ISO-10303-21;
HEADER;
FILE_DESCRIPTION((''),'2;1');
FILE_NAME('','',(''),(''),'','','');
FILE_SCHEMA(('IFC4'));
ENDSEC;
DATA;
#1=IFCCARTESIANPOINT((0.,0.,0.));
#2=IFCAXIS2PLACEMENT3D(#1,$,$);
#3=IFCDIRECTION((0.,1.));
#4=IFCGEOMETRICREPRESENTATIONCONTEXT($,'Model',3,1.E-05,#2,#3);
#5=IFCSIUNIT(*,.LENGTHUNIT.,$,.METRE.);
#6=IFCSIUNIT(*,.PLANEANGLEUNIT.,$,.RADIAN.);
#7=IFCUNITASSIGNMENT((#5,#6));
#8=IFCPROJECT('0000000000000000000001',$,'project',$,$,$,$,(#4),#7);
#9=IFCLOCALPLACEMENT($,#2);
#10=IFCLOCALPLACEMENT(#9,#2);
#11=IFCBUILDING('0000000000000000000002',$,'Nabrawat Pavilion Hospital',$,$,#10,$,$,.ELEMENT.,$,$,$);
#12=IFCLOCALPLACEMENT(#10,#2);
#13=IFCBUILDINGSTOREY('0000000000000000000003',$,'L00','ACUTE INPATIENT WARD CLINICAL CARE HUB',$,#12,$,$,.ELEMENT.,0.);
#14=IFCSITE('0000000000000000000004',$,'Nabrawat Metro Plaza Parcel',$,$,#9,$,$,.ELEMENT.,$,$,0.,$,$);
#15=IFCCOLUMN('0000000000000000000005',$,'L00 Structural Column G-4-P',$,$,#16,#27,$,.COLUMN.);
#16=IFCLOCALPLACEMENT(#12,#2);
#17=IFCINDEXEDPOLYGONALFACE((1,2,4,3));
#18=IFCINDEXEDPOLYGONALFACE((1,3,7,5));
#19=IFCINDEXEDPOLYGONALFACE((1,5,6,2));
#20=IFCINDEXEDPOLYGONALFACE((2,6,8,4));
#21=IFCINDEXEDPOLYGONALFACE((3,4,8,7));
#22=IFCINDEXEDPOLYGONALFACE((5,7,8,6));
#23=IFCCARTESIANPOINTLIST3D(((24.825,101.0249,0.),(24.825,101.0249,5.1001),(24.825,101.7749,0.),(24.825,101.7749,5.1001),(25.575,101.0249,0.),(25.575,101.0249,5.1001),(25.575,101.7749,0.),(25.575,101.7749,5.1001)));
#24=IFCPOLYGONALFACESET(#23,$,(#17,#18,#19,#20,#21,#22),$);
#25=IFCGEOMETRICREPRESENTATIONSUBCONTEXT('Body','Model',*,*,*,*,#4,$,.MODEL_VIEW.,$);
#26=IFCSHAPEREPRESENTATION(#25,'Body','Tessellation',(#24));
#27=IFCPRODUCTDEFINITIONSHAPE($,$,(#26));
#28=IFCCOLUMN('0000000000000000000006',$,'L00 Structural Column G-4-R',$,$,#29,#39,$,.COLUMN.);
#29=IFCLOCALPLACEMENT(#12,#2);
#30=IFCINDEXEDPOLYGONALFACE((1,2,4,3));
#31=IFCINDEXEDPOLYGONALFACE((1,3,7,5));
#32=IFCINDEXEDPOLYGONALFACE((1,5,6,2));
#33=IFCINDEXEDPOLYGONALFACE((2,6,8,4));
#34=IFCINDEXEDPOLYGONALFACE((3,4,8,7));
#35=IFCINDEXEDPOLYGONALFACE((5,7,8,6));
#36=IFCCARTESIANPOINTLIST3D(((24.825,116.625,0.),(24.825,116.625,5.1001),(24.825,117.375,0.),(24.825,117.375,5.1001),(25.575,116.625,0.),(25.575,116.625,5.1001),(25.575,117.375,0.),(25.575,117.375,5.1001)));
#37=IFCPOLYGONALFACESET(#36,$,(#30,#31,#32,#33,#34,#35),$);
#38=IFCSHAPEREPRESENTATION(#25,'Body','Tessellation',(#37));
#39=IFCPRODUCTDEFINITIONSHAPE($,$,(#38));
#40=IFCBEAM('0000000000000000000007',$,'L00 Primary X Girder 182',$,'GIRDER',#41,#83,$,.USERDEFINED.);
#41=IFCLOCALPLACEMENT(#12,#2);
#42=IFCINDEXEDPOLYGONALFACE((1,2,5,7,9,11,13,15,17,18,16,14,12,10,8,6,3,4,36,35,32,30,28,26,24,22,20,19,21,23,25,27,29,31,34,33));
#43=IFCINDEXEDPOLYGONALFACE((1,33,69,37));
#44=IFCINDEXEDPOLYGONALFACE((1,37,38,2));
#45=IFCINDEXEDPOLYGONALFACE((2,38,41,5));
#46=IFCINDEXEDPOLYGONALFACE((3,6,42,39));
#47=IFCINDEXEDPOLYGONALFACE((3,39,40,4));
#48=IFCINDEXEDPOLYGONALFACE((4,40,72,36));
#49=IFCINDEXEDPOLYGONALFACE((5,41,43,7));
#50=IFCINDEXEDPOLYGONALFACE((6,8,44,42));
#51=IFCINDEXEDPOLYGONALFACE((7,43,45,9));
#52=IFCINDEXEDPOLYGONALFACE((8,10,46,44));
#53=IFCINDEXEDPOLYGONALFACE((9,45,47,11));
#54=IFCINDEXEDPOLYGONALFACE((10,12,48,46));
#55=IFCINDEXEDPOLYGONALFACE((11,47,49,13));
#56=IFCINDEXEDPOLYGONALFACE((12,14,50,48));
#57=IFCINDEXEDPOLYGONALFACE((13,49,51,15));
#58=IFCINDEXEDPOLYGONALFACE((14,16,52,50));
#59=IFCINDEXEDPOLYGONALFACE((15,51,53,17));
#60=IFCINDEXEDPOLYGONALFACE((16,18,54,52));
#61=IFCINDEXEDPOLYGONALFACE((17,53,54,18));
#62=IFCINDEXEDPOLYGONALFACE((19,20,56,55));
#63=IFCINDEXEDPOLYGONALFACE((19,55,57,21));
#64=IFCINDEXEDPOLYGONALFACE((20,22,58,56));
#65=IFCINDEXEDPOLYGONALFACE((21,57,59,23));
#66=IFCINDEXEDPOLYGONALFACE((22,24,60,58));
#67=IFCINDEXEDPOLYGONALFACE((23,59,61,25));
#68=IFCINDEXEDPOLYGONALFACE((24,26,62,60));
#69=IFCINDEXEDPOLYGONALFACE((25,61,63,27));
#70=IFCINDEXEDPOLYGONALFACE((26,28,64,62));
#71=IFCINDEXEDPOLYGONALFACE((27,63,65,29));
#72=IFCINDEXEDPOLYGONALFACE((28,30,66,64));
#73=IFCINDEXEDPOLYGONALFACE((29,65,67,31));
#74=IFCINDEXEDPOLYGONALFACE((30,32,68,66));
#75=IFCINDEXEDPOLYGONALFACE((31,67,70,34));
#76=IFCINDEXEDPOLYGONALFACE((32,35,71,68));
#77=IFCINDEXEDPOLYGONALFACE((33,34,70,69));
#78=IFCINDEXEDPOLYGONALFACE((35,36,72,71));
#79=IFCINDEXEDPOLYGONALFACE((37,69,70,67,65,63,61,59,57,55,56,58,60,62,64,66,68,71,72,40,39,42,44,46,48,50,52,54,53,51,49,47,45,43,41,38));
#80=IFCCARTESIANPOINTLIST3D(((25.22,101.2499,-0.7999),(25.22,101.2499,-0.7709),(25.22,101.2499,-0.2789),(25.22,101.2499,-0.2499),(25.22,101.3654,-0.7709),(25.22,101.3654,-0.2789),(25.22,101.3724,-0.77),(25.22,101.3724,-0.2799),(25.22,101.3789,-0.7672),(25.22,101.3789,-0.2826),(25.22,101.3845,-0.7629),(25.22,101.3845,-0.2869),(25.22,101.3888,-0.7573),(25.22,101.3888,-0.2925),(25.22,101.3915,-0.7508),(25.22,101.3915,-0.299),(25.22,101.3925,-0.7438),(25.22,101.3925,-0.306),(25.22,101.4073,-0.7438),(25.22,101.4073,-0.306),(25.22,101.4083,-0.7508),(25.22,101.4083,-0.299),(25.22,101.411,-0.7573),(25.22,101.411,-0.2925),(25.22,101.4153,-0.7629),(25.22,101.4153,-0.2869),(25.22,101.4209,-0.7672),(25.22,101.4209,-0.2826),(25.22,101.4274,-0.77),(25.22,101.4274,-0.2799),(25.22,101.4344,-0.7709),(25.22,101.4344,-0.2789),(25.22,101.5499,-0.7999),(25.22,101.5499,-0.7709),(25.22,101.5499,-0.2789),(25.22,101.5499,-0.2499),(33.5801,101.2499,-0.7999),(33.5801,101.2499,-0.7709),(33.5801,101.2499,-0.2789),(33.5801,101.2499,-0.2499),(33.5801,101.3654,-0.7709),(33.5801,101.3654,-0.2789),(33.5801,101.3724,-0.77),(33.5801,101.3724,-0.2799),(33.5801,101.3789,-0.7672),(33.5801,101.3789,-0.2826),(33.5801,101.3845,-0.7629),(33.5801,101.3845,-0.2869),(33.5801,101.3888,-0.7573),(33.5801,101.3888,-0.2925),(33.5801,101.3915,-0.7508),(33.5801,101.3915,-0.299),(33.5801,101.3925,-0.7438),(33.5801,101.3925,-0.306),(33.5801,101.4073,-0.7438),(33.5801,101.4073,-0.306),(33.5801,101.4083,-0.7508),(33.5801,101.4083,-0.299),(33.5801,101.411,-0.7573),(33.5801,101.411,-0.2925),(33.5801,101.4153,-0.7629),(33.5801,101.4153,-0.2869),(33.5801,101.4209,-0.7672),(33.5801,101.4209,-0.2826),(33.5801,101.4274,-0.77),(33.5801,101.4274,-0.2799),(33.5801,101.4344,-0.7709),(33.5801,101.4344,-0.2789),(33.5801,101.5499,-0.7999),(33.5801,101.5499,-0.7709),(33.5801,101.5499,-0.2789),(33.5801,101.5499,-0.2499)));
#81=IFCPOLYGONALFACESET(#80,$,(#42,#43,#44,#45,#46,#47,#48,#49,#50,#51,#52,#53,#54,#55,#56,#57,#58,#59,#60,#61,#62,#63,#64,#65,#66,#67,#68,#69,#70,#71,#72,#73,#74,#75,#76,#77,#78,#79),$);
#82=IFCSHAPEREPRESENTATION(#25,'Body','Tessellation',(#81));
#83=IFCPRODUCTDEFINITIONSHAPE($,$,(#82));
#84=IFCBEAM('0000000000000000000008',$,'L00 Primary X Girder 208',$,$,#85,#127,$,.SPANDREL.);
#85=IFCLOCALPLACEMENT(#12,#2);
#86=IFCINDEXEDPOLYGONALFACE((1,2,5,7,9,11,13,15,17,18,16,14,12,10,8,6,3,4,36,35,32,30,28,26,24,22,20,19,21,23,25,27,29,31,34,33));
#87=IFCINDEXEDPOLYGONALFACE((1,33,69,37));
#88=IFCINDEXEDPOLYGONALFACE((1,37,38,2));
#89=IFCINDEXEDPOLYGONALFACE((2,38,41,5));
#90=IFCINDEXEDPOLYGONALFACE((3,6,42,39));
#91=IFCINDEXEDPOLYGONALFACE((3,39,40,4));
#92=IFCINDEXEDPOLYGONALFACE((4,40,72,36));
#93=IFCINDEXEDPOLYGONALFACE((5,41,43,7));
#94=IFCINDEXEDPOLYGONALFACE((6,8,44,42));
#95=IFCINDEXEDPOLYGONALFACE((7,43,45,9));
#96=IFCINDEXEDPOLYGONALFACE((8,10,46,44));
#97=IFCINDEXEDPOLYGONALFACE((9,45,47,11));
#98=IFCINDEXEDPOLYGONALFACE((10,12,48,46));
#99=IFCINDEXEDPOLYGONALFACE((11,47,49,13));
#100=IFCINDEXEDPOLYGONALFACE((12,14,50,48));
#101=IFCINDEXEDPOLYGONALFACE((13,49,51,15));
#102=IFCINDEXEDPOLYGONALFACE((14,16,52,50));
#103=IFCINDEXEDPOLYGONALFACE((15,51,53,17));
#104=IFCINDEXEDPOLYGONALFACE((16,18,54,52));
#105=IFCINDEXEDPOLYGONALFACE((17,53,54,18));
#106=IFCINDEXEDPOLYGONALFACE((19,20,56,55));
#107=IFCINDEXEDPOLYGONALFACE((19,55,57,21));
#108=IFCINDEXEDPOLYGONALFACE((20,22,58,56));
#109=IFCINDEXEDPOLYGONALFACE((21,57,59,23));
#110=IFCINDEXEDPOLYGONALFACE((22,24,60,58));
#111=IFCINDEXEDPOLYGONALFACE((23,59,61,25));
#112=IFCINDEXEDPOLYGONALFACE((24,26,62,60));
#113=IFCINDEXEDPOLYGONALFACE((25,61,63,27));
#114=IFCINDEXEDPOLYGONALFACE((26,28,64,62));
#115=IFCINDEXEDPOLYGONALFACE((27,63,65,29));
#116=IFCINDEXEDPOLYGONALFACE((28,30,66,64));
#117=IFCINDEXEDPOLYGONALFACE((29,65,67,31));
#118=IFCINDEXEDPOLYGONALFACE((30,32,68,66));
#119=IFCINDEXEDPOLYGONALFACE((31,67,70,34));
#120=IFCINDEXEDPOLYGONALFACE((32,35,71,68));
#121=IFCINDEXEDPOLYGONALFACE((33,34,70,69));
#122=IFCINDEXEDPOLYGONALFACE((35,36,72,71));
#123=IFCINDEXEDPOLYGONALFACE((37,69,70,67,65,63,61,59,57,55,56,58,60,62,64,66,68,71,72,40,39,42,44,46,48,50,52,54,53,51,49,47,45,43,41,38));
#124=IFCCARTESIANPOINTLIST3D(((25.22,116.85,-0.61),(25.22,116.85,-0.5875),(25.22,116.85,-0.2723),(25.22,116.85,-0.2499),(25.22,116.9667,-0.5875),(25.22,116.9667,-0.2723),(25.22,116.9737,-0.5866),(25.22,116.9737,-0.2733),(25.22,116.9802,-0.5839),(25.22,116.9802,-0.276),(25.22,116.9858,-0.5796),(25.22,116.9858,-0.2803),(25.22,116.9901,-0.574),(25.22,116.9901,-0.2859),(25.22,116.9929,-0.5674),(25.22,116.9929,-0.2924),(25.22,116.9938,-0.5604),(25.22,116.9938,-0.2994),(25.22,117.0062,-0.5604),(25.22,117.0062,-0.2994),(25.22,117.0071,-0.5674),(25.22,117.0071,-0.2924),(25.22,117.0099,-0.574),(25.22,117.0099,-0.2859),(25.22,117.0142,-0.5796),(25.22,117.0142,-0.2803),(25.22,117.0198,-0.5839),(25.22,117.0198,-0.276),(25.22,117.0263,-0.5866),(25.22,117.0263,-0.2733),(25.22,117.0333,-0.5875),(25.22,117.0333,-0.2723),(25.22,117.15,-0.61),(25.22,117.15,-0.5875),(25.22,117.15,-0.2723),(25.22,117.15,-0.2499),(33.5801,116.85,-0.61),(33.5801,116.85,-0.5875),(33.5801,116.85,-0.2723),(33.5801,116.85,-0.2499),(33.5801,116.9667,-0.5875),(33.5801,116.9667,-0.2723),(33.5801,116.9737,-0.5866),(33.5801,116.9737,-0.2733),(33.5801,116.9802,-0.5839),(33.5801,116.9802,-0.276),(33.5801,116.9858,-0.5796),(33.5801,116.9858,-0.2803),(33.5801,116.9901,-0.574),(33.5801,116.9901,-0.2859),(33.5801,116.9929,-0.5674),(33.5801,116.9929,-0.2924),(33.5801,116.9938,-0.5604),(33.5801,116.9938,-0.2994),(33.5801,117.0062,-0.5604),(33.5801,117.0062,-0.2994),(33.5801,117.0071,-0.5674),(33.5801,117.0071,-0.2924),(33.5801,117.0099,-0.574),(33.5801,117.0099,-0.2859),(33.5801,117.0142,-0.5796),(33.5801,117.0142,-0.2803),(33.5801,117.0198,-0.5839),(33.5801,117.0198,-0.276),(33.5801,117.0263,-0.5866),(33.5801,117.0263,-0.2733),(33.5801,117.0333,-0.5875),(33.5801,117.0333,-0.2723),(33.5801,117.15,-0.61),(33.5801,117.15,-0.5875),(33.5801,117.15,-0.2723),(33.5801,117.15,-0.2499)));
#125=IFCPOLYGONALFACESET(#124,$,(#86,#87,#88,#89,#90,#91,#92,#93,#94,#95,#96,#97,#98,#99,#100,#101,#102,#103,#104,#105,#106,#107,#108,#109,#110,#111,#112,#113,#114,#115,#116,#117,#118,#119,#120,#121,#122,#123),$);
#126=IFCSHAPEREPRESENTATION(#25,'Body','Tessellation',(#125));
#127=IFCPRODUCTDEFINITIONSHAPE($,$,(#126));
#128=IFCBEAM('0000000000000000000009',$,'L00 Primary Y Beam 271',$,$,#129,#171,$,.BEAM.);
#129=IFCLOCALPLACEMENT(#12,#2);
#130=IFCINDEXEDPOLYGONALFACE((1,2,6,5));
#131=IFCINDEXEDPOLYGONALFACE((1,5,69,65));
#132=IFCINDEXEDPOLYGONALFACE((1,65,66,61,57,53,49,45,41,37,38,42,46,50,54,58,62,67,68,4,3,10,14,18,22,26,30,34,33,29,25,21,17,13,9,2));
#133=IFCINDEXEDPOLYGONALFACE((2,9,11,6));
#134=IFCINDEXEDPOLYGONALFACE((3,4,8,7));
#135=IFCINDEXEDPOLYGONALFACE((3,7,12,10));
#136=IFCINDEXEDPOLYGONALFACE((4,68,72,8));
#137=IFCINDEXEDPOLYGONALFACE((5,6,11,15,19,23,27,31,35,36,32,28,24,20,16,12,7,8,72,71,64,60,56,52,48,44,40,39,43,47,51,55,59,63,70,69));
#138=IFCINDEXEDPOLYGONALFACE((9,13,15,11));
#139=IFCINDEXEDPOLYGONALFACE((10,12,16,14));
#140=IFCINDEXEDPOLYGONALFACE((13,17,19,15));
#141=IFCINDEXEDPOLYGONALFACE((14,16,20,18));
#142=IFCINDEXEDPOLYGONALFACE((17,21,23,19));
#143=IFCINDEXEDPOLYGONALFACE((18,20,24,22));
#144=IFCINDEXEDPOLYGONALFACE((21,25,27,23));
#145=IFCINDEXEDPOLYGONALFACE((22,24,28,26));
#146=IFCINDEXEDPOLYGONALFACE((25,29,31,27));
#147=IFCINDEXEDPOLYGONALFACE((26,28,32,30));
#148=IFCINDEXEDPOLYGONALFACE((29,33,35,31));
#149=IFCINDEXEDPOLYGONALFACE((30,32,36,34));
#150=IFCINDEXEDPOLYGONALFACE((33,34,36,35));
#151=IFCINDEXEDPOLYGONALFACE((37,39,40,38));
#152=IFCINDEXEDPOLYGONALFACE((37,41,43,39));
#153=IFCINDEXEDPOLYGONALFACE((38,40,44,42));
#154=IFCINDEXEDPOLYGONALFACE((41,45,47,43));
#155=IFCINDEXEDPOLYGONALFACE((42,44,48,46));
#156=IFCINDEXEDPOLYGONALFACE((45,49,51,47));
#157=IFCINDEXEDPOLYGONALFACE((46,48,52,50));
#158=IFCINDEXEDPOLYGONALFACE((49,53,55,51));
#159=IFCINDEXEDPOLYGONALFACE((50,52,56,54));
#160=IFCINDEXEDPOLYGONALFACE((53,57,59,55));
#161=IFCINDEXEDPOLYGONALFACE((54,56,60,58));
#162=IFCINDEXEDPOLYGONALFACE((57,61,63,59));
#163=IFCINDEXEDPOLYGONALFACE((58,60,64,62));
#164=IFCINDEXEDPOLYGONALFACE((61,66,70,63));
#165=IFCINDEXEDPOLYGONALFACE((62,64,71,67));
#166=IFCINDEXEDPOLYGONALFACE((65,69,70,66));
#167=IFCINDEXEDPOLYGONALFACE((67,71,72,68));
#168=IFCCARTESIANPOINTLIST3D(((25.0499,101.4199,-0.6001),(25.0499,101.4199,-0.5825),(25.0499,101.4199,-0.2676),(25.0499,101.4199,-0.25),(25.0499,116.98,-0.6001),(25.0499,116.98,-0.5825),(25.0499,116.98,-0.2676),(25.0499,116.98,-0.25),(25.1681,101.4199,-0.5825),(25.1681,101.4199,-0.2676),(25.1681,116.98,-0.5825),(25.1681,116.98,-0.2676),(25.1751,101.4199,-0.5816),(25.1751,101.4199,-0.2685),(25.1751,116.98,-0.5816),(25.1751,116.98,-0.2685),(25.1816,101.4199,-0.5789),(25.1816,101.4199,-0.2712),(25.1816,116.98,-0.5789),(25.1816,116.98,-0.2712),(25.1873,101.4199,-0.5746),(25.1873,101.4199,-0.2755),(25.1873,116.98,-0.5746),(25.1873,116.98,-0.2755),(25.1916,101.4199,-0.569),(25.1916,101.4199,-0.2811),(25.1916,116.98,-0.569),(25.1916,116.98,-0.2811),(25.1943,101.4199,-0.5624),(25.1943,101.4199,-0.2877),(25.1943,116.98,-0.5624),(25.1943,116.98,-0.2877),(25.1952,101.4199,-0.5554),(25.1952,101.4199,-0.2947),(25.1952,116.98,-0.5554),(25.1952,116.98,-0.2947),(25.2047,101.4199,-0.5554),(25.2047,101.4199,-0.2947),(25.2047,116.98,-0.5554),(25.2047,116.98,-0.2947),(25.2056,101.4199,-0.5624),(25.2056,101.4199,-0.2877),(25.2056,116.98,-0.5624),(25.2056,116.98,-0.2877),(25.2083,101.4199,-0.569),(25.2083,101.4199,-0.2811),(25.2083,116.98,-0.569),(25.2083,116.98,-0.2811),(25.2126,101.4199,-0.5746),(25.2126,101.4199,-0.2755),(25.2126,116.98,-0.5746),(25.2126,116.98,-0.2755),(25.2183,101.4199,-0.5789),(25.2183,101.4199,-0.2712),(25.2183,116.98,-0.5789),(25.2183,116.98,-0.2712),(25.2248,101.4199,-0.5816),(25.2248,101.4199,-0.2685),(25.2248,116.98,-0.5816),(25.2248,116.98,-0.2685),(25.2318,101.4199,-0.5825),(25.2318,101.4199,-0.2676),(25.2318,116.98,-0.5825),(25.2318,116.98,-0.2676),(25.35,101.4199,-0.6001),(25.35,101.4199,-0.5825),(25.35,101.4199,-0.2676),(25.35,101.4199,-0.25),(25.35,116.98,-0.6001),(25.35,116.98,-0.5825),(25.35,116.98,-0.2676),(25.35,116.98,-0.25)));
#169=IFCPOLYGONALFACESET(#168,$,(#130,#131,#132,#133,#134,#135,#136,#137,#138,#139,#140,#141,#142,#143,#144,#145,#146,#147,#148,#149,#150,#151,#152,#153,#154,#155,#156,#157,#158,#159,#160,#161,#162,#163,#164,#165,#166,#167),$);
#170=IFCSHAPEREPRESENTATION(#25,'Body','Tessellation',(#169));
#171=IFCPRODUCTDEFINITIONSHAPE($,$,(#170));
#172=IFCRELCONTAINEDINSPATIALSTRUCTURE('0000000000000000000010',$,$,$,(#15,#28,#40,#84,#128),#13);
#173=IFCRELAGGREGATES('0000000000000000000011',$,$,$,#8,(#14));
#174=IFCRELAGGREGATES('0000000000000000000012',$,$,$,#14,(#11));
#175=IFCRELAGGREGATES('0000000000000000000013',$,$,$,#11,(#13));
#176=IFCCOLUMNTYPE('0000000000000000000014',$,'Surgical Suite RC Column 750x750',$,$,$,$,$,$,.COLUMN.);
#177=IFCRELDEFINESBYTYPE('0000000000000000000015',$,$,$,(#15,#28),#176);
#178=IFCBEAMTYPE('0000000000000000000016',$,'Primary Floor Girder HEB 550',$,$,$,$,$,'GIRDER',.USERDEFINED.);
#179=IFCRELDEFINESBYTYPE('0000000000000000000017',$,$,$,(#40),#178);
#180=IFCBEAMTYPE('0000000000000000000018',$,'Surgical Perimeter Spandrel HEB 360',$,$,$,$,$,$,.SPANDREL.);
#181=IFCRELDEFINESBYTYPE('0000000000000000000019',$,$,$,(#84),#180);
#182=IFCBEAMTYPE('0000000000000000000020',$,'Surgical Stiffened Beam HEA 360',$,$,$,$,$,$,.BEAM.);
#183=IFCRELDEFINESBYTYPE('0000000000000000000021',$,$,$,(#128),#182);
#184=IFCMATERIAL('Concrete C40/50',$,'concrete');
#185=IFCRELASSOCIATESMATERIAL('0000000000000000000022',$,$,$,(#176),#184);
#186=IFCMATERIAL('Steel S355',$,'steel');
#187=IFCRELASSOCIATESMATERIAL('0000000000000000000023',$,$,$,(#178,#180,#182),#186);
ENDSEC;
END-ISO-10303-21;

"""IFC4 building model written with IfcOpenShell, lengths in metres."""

from ifc_helpers import new_model, si_unit, direction, frame, origin, origin_2d, place, context, subcontext, project, spatial, rectangle, i_section, extrude, material, material_profile, profile_set, type_object, element, save


model = new_model("IFC4")

# Units and contexts
model_context = context("Model", 3, precision=1e-05, world=origin(), true_north=direction((0.0, 1.0)))
body_context = subcontext(model_context, "Body", "Model", "MODEL_VIEW")
ifc_project = project(units=[si_unit("LENGTHUNIT", "METRE"), si_unit("PLANEANGLEUNIT", "RADIAN")], contexts=[model_context])

# Site, building, storey
site_placement = place(None, origin())
site = spatial("IfcSite", under=ifc_project, at=site_placement, Name="Nabrawat Metro Plaza Parcel", CompositionType="ELEMENT", RefElevation=0.0)
building_placement = place(site_placement, origin())
building = spatial("IfcBuilding", under=site, at=building_placement, Name="Nabrawat Pavilion Hospital", CompositionType="ELEMENT")
storey_placement = place(building_placement, origin())
storey = spatial("IfcBuildingStorey", under=building, at=storey_placement, Name="L00", Description="ACUTE INPATIENT WARD CLINICAL CARE HUB", CompositionType="ELEMENT", Elevation=0.0)

# Columns
ifc_material_1 = material(Name="Concrete C40/50", Category="concrete")
ifc_material_profile_1 = material_profile(ifc_material_1, rectangle(XDim=0.75, YDim=0.75, at=origin_2d()), Name="RC 750x750")
ifc_profile_set_1 = profile_set([ifc_material_profile_1], Name="Concrete C40/50")
column_type = type_object("IfcColumnType", Name="Surgical Suite RC Column 750x750", PredefinedType="COLUMN", material=ifc_profile_set_1)
for number, where, z_axis, x_axis, name in (
    (1, (25.2, 101.3999, 0.0), (0.0, 0.0, 1.0), (1.0, 0.0, 0.0), "L00 Structural Column G-4-P"),
    (2, (25.2, 117.0, 0.0), (0.0, 0.0, 1.0), (1.0, 0.0, 0.0), "L00 Structural Column G-4-R"),
):
    element("IfcColumn", number, at=place(storey_placement, frame(where, z_axis=z_axis, x_axis=x_axis)), inside=storey, type_object=column_type, Name=name, PredefinedType="COLUMN", context=body_context, shape_type="SweptSolid", body=[
        extrude(rectangle(XDim=0.75, YDim=0.75, at=origin_2d()), origin(), (0.0, 0.0, 1.0), 5.1001),
    ])

# Beams
ifc_material_2 = material(Name="Steel S355", Category="steel")
ifc_material_profile_2 = material_profile(ifc_material_2, i_section(OverallWidth=0.3, OverallDepth=0.55, WebThickness=0.0149, FlangeThickness=0.0291, FilletRadius=0.0271, at=origin_2d()), Name="HEB 550")
ifc_profile_set_2 = profile_set([ifc_material_profile_2], Name="Steel S355")
beam_type_1 = type_object("IfcBeamType", Name="Primary Floor Girder HEB 550", ElementType="GIRDER", PredefinedType="USERDEFINED", material=ifc_profile_set_2)
beam_1_placement = place(storey_placement, frame((25.22, 101.3999, -0.5249), z_axis=(1.0, 0.0, 0.0), x_axis=(0.0, 1.0, 0.0)))
element("IfcBeam", 3, at=beam_1_placement, inside=storey, type_object=beam_type_1, Name="L00 Primary X Girder 182", ObjectType="GIRDER", PredefinedType="USERDEFINED", context=body_context, shape_type="SweptSolid", body=[
    extrude(i_section(OverallWidth=0.3, OverallDepth=0.55, WebThickness=0.0149, FlangeThickness=0.0291, FilletRadius=0.0271, at=origin_2d()), origin(), (0.0, 0.0, 1.0), 8.3601),
])
ifc_material_profile_3 = material_profile(ifc_material_2, i_section(OverallWidth=0.3, OverallDepth=0.3601, WebThickness=0.0125, FlangeThickness=0.0225, FilletRadius=0.0271, at=origin_2d()), Name="HEB 360")
ifc_profile_set_3 = profile_set([ifc_material_profile_3], Name="Steel S355")
beam_type_2 = type_object("IfcBeamType", Name="Surgical Perimeter Spandrel HEB 360", PredefinedType="SPANDREL", material=ifc_profile_set_3)
beam_2_placement = place(storey_placement, frame((25.22, 117.0, -0.4299), z_axis=(1.0, 0.0, 0.0), x_axis=(0.0, 1.0, 0.0)))
element("IfcBeam", 4, at=beam_2_placement, inside=storey, type_object=beam_type_2, Name="L00 Primary X Girder 208", PredefinedType="SPANDREL", context=body_context, shape_type="SweptSolid", body=[
    extrude(i_section(OverallWidth=0.3, OverallDepth=0.3601, WebThickness=0.0125, FlangeThickness=0.0225, FilletRadius=0.0271, at=origin_2d()), origin(), (0.0, 0.0, 1.0), 8.3601),
])
ifc_material_profile_4 = material_profile(ifc_material_2, i_section(OverallWidth=0.3, OverallDepth=0.3501, WebThickness=0.0095, FlangeThickness=0.0176, FilletRadius=0.0271, at=origin_2d()), Name="HEA 360")
ifc_profile_set_4 = profile_set([ifc_material_profile_4], Name="Steel S355")
beam_type_3 = type_object("IfcBeamType", Name="Surgical Stiffened Beam HEA 360", PredefinedType="BEAM", material=ifc_profile_set_4)
beam_3_placement = place(storey_placement, frame((25.2, 101.4199, -0.425), z_axis=(0.0, 1.0, 0.0), x_axis=(-1.0, 0.0, 0.0)))
element("IfcBeam", 5, at=beam_3_placement, inside=storey, type_object=beam_type_3, Name="L00 Primary Y Beam 271", PredefinedType="BEAM", context=body_context, shape_type="SweptSolid", body=[
    extrude(i_section(OverallWidth=0.3, OverallDepth=0.3501, WebThickness=0.0095, FlangeThickness=0.0176, FilletRadius=0.0271, at=origin_2d()), origin(), (0.0, 0.0, 1.0), 15.5601),
])

save(model, "model.ifc")
